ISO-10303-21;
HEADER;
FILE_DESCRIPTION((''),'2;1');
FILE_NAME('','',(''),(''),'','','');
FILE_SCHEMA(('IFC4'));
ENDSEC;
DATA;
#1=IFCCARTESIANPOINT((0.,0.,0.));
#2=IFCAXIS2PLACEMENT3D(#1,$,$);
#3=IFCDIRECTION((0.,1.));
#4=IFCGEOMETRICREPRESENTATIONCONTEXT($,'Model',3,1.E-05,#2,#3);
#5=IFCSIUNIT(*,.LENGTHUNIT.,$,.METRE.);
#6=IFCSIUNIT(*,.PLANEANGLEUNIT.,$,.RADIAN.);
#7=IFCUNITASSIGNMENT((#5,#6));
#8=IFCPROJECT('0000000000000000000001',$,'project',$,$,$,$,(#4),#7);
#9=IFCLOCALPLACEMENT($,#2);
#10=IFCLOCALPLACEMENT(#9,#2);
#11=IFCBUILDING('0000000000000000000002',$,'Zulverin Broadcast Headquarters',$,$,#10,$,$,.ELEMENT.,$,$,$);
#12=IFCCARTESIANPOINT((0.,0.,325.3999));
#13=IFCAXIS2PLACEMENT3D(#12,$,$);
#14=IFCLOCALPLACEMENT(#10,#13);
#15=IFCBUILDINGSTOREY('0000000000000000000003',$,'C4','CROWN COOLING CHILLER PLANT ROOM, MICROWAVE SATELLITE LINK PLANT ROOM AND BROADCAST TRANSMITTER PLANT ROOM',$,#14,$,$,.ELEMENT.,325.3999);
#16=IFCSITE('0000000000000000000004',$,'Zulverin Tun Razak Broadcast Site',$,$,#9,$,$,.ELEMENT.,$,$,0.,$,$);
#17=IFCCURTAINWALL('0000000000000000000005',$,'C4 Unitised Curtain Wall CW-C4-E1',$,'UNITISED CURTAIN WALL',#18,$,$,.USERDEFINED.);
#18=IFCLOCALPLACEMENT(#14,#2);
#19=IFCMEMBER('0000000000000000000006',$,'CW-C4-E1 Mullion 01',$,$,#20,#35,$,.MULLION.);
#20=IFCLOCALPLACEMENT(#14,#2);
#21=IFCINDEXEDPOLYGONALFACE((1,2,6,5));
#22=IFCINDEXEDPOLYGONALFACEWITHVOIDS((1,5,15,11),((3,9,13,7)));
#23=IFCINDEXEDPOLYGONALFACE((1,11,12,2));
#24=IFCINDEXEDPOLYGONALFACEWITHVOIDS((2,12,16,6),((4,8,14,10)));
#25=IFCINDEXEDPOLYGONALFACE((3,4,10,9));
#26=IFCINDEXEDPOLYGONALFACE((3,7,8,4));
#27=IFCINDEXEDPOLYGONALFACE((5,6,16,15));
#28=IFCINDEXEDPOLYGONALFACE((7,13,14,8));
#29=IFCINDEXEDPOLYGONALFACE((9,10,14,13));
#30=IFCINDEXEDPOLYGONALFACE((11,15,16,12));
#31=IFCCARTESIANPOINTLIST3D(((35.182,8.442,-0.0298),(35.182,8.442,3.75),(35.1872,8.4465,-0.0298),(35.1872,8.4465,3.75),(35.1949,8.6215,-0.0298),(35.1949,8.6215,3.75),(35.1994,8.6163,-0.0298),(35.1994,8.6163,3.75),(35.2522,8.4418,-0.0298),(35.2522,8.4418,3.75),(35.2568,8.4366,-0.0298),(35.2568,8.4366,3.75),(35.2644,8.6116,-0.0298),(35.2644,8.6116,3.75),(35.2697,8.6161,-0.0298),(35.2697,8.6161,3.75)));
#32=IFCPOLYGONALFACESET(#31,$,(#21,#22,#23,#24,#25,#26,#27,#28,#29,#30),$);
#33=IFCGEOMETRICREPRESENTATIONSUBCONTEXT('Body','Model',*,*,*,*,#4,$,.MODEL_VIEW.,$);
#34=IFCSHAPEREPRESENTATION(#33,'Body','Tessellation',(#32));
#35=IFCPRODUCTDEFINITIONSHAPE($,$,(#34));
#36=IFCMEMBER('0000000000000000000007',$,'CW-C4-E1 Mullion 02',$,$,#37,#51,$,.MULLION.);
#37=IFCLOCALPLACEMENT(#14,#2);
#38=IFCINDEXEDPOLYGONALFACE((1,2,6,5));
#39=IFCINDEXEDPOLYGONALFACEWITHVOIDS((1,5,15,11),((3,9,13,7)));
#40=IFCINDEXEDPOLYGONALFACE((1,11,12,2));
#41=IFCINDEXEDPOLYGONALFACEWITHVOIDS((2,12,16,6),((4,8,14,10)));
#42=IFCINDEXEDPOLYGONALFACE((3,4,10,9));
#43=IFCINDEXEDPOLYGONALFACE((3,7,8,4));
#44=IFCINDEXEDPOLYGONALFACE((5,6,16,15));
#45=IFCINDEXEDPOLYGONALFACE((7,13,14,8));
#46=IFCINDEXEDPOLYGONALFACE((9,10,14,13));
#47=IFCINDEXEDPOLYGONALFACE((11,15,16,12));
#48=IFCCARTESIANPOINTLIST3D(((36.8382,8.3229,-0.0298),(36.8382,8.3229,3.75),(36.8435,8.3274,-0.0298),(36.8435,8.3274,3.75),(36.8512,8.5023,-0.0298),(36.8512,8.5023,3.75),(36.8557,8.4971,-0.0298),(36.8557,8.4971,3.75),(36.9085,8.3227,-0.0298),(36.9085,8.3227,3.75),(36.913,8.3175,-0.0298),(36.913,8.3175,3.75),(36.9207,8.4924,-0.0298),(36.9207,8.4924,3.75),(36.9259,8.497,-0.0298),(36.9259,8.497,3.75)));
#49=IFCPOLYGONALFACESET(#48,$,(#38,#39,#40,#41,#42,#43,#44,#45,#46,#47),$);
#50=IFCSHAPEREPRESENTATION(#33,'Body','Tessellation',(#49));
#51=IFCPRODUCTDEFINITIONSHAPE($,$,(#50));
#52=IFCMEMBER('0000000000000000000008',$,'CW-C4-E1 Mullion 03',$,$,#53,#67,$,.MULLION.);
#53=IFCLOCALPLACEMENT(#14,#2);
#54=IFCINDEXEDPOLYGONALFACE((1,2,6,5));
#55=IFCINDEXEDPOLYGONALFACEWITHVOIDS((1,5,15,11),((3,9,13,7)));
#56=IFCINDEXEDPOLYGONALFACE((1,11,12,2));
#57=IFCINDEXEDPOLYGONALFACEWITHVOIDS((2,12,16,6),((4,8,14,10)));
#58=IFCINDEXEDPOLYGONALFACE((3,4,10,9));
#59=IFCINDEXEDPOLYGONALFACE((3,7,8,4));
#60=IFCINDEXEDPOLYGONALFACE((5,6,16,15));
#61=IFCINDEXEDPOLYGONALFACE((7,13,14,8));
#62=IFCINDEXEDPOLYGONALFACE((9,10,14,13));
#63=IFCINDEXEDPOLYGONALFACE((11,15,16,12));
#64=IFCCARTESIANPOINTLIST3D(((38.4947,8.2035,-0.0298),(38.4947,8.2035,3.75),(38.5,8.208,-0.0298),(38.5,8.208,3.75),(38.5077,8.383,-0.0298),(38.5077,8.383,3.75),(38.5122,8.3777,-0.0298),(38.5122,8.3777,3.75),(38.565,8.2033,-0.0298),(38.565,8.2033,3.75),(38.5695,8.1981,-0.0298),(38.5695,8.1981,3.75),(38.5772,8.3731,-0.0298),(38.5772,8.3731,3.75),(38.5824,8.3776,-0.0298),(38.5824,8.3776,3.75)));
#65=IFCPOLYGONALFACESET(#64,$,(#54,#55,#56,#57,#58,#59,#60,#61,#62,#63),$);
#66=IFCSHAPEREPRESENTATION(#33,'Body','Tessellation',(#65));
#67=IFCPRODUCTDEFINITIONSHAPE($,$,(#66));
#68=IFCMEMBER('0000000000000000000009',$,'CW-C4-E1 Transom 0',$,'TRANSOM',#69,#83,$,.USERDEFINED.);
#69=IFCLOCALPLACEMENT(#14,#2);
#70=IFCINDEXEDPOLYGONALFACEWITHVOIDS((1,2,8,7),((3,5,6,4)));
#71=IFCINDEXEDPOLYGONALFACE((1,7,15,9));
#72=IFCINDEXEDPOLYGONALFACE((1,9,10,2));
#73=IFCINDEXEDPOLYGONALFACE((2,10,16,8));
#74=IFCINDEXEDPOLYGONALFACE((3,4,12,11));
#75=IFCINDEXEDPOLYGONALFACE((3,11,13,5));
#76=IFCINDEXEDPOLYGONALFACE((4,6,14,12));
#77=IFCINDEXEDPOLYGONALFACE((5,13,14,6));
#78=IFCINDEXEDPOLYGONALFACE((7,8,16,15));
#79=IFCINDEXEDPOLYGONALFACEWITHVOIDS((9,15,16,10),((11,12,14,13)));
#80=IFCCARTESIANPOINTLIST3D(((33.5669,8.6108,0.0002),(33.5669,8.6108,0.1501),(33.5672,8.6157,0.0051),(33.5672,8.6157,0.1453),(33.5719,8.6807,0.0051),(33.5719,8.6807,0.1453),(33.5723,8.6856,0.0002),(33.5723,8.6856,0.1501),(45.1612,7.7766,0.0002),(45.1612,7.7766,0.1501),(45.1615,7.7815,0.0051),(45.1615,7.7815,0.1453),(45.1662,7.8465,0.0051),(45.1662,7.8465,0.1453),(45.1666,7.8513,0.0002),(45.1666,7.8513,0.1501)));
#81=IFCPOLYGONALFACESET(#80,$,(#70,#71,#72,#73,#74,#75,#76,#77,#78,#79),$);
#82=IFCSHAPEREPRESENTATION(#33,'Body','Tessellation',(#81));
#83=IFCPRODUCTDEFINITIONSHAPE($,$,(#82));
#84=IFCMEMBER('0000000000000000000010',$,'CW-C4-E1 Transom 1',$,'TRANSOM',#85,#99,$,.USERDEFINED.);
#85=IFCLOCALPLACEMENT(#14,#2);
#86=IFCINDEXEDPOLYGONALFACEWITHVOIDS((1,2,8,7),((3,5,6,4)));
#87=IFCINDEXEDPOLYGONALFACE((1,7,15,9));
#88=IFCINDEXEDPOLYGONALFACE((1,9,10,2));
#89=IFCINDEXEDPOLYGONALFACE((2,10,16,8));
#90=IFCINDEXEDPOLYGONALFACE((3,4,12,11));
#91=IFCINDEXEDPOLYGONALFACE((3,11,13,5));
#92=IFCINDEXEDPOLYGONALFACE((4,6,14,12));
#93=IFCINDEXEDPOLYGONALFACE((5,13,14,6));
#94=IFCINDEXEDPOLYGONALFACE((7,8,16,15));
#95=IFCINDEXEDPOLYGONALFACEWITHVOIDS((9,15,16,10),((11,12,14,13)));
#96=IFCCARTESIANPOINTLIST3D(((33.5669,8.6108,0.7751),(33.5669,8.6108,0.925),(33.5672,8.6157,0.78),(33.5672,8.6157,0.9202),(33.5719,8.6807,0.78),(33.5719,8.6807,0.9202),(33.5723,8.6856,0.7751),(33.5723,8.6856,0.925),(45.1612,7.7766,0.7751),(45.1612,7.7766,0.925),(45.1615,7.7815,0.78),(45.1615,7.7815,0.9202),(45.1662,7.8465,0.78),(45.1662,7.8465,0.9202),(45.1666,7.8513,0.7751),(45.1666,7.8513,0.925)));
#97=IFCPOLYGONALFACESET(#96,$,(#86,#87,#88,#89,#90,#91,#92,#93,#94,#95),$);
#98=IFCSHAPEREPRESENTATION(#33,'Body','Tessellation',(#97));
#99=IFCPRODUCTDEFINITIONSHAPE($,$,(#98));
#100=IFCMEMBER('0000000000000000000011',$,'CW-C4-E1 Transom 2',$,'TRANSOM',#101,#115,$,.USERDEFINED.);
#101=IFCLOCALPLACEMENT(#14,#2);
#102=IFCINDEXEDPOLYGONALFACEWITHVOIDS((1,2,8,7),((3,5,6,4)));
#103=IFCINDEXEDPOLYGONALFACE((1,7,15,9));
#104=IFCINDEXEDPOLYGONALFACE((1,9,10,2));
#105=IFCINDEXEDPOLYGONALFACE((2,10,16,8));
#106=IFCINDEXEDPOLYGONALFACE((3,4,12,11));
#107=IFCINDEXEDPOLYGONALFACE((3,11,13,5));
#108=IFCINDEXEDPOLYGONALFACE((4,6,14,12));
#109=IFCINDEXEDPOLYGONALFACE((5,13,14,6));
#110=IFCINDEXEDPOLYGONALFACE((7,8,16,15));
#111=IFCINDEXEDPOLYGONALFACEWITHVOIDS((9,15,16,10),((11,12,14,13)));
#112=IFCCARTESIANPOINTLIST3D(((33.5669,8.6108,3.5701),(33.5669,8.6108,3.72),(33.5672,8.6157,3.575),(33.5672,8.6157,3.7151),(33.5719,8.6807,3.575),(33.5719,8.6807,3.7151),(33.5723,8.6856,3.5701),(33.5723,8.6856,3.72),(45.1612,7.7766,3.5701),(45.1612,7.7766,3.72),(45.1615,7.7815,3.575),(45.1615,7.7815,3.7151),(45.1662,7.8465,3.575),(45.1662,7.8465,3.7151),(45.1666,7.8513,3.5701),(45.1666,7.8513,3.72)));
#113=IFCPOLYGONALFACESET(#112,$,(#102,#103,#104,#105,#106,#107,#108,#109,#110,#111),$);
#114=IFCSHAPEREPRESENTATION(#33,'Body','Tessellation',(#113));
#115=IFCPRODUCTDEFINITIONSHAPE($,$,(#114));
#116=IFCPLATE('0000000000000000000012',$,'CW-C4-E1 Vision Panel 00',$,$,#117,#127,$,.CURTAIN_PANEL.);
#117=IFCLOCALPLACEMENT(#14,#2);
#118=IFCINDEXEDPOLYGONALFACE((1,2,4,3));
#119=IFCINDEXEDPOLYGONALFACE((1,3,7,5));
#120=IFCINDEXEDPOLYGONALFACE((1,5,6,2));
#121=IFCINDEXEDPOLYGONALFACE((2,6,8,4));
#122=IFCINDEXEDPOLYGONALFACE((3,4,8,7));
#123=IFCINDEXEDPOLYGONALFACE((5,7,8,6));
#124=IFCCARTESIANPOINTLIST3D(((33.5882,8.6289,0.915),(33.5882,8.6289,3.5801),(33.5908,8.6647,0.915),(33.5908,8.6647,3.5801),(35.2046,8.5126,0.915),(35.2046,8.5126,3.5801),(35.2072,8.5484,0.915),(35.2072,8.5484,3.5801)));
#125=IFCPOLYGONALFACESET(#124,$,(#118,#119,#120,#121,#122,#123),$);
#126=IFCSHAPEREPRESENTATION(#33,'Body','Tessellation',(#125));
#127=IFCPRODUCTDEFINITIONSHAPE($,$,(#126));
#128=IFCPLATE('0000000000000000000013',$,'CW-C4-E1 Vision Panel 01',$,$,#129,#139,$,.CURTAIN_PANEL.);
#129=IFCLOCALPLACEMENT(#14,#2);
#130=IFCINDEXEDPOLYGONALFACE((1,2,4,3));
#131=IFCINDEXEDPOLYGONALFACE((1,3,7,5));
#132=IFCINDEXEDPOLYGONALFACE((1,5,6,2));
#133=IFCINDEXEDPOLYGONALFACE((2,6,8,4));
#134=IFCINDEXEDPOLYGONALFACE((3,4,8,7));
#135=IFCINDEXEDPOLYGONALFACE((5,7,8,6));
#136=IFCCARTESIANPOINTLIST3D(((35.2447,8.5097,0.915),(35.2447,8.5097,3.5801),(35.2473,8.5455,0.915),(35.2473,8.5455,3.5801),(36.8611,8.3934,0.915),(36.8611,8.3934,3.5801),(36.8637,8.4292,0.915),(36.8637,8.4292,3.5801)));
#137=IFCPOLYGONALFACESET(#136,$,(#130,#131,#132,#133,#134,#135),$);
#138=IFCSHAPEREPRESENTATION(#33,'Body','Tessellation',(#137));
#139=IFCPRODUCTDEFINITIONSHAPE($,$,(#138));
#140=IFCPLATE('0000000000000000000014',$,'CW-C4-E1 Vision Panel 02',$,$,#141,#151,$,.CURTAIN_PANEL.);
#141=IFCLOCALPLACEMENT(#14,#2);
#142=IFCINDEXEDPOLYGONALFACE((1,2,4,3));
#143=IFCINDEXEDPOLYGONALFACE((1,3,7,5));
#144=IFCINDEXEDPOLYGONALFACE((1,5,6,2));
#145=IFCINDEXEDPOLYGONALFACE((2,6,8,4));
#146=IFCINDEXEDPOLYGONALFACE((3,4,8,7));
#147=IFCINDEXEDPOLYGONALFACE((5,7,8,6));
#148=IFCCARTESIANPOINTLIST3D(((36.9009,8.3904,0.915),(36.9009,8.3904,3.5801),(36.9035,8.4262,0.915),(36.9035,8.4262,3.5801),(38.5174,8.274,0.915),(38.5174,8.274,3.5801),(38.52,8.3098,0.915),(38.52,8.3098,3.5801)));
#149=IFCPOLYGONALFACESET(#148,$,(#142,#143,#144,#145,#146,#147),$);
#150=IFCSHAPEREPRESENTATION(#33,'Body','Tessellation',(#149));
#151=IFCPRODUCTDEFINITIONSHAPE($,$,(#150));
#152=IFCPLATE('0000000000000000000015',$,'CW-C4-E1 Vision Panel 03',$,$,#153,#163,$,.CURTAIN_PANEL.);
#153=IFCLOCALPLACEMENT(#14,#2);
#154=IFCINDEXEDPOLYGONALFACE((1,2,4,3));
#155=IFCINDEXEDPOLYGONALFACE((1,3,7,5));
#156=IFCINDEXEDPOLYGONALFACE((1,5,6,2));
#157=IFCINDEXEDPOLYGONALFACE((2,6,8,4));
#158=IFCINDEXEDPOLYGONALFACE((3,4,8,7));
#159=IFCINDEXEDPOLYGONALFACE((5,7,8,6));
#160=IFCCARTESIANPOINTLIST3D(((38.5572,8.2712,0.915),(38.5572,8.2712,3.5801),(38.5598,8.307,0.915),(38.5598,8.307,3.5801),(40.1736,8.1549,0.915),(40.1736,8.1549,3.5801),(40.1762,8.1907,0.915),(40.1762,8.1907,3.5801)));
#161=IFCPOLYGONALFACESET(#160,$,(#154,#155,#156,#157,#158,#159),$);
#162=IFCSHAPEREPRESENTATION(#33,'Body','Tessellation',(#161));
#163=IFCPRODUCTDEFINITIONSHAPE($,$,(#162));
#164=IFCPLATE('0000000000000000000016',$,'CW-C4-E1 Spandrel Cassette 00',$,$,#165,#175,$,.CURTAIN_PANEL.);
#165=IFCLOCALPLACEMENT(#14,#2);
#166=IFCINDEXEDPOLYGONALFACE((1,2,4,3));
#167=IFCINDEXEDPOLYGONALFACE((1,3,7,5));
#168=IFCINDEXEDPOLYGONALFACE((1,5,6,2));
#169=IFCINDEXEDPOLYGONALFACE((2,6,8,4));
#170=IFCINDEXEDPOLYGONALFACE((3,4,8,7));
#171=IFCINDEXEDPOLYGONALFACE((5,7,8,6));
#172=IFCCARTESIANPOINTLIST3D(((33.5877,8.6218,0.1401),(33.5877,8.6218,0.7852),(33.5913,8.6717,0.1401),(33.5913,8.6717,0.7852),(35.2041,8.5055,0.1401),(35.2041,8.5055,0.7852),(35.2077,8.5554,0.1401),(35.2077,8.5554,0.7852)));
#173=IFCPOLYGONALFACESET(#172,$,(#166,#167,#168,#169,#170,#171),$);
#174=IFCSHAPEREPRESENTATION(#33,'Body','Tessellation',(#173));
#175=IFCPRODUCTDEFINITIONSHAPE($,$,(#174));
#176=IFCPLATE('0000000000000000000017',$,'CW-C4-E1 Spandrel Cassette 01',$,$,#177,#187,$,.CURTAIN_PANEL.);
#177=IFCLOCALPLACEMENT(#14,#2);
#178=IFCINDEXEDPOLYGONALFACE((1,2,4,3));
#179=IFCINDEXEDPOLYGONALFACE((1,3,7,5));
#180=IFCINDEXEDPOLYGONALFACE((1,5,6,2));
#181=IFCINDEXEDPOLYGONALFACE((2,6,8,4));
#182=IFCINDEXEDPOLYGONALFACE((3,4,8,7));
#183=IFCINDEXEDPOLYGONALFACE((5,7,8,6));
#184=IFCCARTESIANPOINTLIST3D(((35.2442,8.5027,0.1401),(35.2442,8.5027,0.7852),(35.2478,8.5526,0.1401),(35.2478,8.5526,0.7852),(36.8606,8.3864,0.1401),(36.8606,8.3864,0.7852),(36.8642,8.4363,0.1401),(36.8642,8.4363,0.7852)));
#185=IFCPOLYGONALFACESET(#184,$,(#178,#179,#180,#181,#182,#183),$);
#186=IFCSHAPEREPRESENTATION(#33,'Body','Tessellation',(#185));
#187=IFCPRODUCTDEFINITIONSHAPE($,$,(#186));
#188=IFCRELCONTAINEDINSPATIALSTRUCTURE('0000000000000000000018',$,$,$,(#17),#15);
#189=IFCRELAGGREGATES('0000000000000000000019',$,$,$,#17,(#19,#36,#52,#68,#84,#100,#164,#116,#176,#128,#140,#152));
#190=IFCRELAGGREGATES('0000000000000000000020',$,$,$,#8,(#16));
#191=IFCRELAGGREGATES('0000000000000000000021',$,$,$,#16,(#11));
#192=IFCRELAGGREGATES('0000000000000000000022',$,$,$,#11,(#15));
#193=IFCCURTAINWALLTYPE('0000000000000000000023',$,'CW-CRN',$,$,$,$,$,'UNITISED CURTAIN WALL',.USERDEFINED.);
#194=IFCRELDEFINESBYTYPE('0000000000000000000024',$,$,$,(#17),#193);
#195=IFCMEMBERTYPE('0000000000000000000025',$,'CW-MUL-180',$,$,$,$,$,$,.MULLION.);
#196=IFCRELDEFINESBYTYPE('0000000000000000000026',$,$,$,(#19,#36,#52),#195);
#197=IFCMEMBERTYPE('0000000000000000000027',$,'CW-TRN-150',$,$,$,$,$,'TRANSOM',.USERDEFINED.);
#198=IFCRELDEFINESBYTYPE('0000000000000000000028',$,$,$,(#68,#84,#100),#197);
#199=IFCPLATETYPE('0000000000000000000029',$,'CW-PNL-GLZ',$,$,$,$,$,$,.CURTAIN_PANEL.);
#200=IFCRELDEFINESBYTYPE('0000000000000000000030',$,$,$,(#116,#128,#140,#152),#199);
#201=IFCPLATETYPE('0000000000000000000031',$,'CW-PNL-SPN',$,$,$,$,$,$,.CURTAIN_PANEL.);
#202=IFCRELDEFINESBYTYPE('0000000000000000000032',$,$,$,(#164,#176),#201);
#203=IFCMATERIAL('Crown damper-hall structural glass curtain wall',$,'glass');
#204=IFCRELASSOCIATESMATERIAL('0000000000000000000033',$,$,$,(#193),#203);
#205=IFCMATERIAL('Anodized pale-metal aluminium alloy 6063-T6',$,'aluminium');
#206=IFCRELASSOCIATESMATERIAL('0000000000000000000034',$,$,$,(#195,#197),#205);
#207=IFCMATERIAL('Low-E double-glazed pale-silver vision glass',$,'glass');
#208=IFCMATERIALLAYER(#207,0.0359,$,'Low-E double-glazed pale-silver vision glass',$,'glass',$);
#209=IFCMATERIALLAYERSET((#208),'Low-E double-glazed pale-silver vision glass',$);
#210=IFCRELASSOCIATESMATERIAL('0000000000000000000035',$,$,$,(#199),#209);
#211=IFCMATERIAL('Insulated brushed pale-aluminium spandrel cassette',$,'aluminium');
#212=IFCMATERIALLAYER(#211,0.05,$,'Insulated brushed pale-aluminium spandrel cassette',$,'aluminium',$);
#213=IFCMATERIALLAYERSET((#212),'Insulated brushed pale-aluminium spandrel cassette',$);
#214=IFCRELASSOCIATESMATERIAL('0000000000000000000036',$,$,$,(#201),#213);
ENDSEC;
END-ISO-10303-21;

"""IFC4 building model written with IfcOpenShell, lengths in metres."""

from ifc_helpers import new_model, si_unit, direction, frame, origin, origin_2d, place, context, subcontext, project, spatial, rectangle, hollow_rectangle, extrude, material, layer, layer_set, material_profile, profile_set, type_object, element, aggregate, save


model = new_model("IFC4")

# Units and contexts
model_context = context("Model", 3, precision=1e-05, world=origin(), true_north=direction((0.0, 1.0)))
body_context = subcontext(model_context, "Body", "Model", "MODEL_VIEW")
ifc_project = project(units=[si_unit("LENGTHUNIT", "METRE"), si_unit("PLANEANGLEUNIT", "RADIAN")], contexts=[model_context])

# Site, building, storey
site_placement = place(None, origin())
site = spatial("IfcSite", under=ifc_project, at=site_placement, Name="Zulverin Tun Razak Broadcast Site", CompositionType="ELEMENT", RefElevation=0.0)
building_placement = place(site_placement, origin())
building = spatial("IfcBuilding", under=site, at=building_placement, Name="Zulverin Broadcast Headquarters", CompositionType="ELEMENT")
storey_placement = place(building_placement, frame((0.0, 0.0, 325.3999)))
storey = spatial("IfcBuildingStorey", under=building, at=storey_placement, Name="C4", Description="CROWN COOLING CHILLER PLANT ROOM, MICROWAVE SATELLITE LINK PLANT ROOM AND BROADCAST TRANSMITTER PLANT ROOM", CompositionType="ELEMENT", Elevation=325.3999)

# Curtain wall, members, plates
ifc_material_1 = material(Name="Crown damper-hall structural glass curtain wall", Category="glass")
curtain_wall_type = type_object("IfcCurtainWallType", Name="CW-CRN", ElementType="UNITISED CURTAIN WALL", PredefinedType="USERDEFINED", material=ifc_material_1)
curtain_wall_placement = place(storey_placement, origin())
curtain_wall = element("IfcCurtainWall", 1, at=curtain_wall_placement, inside=storey, type_object=curtain_wall_type, Name="C4 Unitised Curtain Wall CW-C4-E1", ObjectType="UNITISED CURTAIN WALL", PredefinedType="USERDEFINED")
ifc_material_2 = material(Name="Anodized pale-metal aluminium alloy 6063-T6", Category="aluminium")
ifc_material_profile_1 = material_profile(ifc_material_2, hollow_rectangle(XDim=0.075, YDim=0.1799, WallThickness=0.0049, at=origin_2d()), Name="Anodized pale-metal aluminium alloy 6063-T6", Category="aluminium")
ifc_profile_set_1 = profile_set([ifc_material_profile_1], Name="Anodized pale-metal aluminium alloy 6063-T6")
member_type_1 = type_object("IfcMemberType", Name="CW-MUL-180", PredefinedType="MULLION", material=ifc_profile_set_1)
member_1_placement = place(storey_placement, frame((35.2258, 8.5291, -0.0298), z_axis=(0.0, 0.0, 1.0), x_axis=(0.997421, -0.071774, 0.0)))
member_1 = element("IfcMember", 2, at=member_1_placement, type_object=member_type_1, Name="CW-C4-E1 Mullion 01", PredefinedType="MULLION", context=body_context, shape_type="SweptSolid", body=[
    extrude(hollow_rectangle(XDim=0.075, YDim=0.1799, WallThickness=0.0049, at=origin_2d()), origin(), (0.0, 0.0, 1.0), 3.7798),
])
member_2_placement = place(storey_placement, frame((36.8821, 8.4099, -0.0298), z_axis=(0.0, 0.0, 1.0), x_axis=(0.997421, -0.071774, 0.0)))
member_2 = element("IfcMember", 3, at=member_2_placement, type_object=member_type_1, Name="CW-C4-E1 Mullion 02", PredefinedType="MULLION", context=body_context, shape_type="SweptSolid", body=[
    extrude(hollow_rectangle(XDim=0.075, YDim=0.1799, WallThickness=0.0049, at=origin_2d()), origin(), (0.0, 0.0, 1.0), 3.7798),
])
member_3_placement = place(storey_placement, frame((38.5386, 8.2905, -0.0298), z_axis=(0.0, 0.0, 1.0), x_axis=(0.997421, -0.071774, 0.0)))
member_3 = element("IfcMember", 4, at=member_3_placement, type_object=member_type_1, Name="CW-C4-E1 Mullion 03", PredefinedType="MULLION", context=body_context, shape_type="SweptSolid", body=[
    extrude(hollow_rectangle(XDim=0.075, YDim=0.1799, WallThickness=0.0049, at=origin_2d()), origin(), (0.0, 0.0, 1.0), 3.7798),
])
ifc_material_profile_2 = material_profile(ifc_material_2, hollow_rectangle(XDim=0.075, YDim=0.1499, WallThickness=0.0049, at=origin_2d()), Name="Anodized pale-metal aluminium alloy 6063-T6", Category="aluminium")
ifc_profile_set_2 = profile_set([ifc_material_profile_2], Name="Anodized pale-metal aluminium alloy 6063-T6")
member_type_2 = type_object("IfcMemberType", Name="CW-TRN-150", ElementType="TRANSOM", PredefinedType="USERDEFINED", material=ifc_profile_set_2)
member_4_placement = place(storey_placement, frame((33.5696, 8.6482, 0.0752), z_axis=(0.997421, -0.071766, 0.0), x_axis=(0.071766, 0.997421, 0.0)))
member_4 = element("IfcMember", 5, at=member_4_placement, type_object=member_type_2, Name="CW-C4-E1 Transom 0", ObjectType="TRANSOM", PredefinedType="USERDEFINED", context=body_context, shape_type="SweptSolid", body=[
    extrude(hollow_rectangle(XDim=0.075, YDim=0.1499, WallThickness=0.0049, at=origin_2d()), origin(), (0.0, 0.0, 1.0), 11.6243),
])
member_5_placement = place(storey_placement, frame((33.5696, 8.6482, 0.8501), z_axis=(0.997421, -0.071766, 0.0), x_axis=(0.071766, 0.997421, 0.0)))
member_5 = element("IfcMember", 6, at=member_5_placement, type_object=member_type_2, Name="CW-C4-E1 Transom 1", ObjectType="TRANSOM", PredefinedType="USERDEFINED", context=body_context, shape_type="SweptSolid", body=[
    extrude(hollow_rectangle(XDim=0.075, YDim=0.1499, WallThickness=0.0049, at=origin_2d()), origin(), (0.0, 0.0, 1.0), 11.6243),
])
member_6_placement = place(storey_placement, frame((33.5696, 8.6482, 3.645), z_axis=(0.997421, -0.071766, 0.0), x_axis=(0.071766, 0.997421, 0.0)))
member_6 = element("IfcMember", 7, at=member_6_placement, type_object=member_type_2, Name="CW-C4-E1 Transom 2", ObjectType="TRANSOM", PredefinedType="USERDEFINED", context=body_context, shape_type="SweptSolid", body=[
    extrude(hollow_rectangle(XDim=0.075, YDim=0.1499, WallThickness=0.0049, at=origin_2d()), origin(), (0.0, 0.0, 1.0), 11.6243),
])
ifc_material_3 = material(Name="Low-E double-glazed pale-silver vision glass", Category="glass")
ifc_layer_1 = layer(ifc_material_3, 0.0359, Name="Low-E double-glazed pale-silver vision glass", Category="glass")
ifc_layer_set_1 = layer_set([ifc_layer_1], Name="Low-E double-glazed pale-silver vision glass")
plate_type_1 = type_object("IfcPlateType", Name="CW-PNL-GLZ", PredefinedType="CURTAIN_PANEL", material=ifc_layer_set_1)
plate_1_placement = place(storey_placement, frame((34.3977, 8.5886, 0.915), z_axis=(0.0, 0.0, 1.0), x_axis=(0.997421, -0.071774, 0.0)))
plate_1 = element("IfcPlate", 8, at=plate_1_placement, type_object=plate_type_1, Name="CW-C4-E1 Vision Panel 00", PredefinedType="CURTAIN_PANEL", context=body_context, shape_type="SweptSolid", body=[
    extrude(rectangle(XDim=1.6206, YDim=0.0359, at=origin_2d()), origin(), (0.0, 0.0, 1.0), 2.665),
])
plate_2_placement = place(storey_placement, frame((36.0542, 8.4695, 0.915), z_axis=(0.0, 0.0, 1.0), x_axis=(0.997421, -0.071774, 0.0)))
plate_2 = element("IfcPlate", 9, at=plate_2_placement, type_object=plate_type_1, Name="CW-C4-E1 Vision Panel 01", PredefinedType="CURTAIN_PANEL", context=body_context, shape_type="SweptSolid", body=[
    extrude(rectangle(XDim=1.6206, YDim=0.0359, at=origin_2d()), origin(), (0.0, 0.0, 1.0), 2.665),
])
plate_3_placement = place(storey_placement, frame((37.7104, 8.3501, 0.915), z_axis=(0.0, 0.0, 1.0), x_axis=(0.997421, -0.071774, 0.0)))
plate_3 = element("IfcPlate", 10, at=plate_3_placement, type_object=plate_type_1, Name="CW-C4-E1 Vision Panel 02", PredefinedType="CURTAIN_PANEL", context=body_context, shape_type="SweptSolid", body=[
    extrude(rectangle(XDim=1.6206, YDim=0.0359, at=origin_2d()), origin(), (0.0, 0.0, 1.0), 2.665),
])
plate_4_placement = place(storey_placement, frame((39.3667, 8.231, 0.915), z_axis=(0.0, 0.0, 1.0), x_axis=(0.997421, -0.071774, 0.0)))
plate_4 = element("IfcPlate", 11, at=plate_4_placement, type_object=plate_type_1, Name="CW-C4-E1 Vision Panel 03", PredefinedType="CURTAIN_PANEL", context=body_context, shape_type="SweptSolid", body=[
    extrude(rectangle(XDim=1.6206, YDim=0.0359, at=origin_2d()), origin(), (0.0, 0.0, 1.0), 2.665),
])
ifc_material_4 = material(Name="Insulated brushed pale-aluminium spandrel cassette", Category="aluminium")
ifc_layer_2 = layer(ifc_material_4, 0.05, Name="Insulated brushed pale-aluminium spandrel cassette", Category="aluminium")
ifc_layer_set_2 = layer_set([ifc_layer_2], Name="Insulated brushed pale-aluminium spandrel cassette")
plate_type_2 = type_object("IfcPlateType", Name="CW-PNL-SPN", PredefinedType="CURTAIN_PANEL", material=ifc_layer_set_2)
plate_5_placement = place(storey_placement, frame((34.3977, 8.5886, 0.1401), z_axis=(0.0, 0.0, 1.0), x_axis=(0.997421, -0.071774, 0.0)))
plate_5 = element("IfcPlate", 12, at=plate_5_placement, type_object=plate_type_2, Name="CW-C4-E1 Spandrel Cassette 00", PredefinedType="CURTAIN_PANEL", context=body_context, shape_type="SweptSolid", body=[
    extrude(rectangle(XDim=1.6206, YDim=0.05, at=origin_2d()), origin(), (0.0, 0.0, 1.0), 0.645),
])
plate_6_placement = place(storey_placement, frame((36.0542, 8.4695, 0.1401), z_axis=(0.0, 0.0, 1.0), x_axis=(0.997421, -0.071774, 0.0)))
plate_6 = element("IfcPlate", 13, at=plate_6_placement, type_object=plate_type_2, Name="CW-C4-E1 Spandrel Cassette 01", PredefinedType="CURTAIN_PANEL", context=body_context, shape_type="SweptSolid", body=[
    extrude(rectangle(XDim=1.6206, YDim=0.05, at=origin_2d()), origin(), (0.0, 0.0, 1.0), 0.645),
])
aggregate(curtain_wall, [member_1, member_2, member_3, member_4, member_5, member_6, plate_5, plate_1, plate_6, plate_2, plate_3, plate_4])

save(model, "model.ifc")
